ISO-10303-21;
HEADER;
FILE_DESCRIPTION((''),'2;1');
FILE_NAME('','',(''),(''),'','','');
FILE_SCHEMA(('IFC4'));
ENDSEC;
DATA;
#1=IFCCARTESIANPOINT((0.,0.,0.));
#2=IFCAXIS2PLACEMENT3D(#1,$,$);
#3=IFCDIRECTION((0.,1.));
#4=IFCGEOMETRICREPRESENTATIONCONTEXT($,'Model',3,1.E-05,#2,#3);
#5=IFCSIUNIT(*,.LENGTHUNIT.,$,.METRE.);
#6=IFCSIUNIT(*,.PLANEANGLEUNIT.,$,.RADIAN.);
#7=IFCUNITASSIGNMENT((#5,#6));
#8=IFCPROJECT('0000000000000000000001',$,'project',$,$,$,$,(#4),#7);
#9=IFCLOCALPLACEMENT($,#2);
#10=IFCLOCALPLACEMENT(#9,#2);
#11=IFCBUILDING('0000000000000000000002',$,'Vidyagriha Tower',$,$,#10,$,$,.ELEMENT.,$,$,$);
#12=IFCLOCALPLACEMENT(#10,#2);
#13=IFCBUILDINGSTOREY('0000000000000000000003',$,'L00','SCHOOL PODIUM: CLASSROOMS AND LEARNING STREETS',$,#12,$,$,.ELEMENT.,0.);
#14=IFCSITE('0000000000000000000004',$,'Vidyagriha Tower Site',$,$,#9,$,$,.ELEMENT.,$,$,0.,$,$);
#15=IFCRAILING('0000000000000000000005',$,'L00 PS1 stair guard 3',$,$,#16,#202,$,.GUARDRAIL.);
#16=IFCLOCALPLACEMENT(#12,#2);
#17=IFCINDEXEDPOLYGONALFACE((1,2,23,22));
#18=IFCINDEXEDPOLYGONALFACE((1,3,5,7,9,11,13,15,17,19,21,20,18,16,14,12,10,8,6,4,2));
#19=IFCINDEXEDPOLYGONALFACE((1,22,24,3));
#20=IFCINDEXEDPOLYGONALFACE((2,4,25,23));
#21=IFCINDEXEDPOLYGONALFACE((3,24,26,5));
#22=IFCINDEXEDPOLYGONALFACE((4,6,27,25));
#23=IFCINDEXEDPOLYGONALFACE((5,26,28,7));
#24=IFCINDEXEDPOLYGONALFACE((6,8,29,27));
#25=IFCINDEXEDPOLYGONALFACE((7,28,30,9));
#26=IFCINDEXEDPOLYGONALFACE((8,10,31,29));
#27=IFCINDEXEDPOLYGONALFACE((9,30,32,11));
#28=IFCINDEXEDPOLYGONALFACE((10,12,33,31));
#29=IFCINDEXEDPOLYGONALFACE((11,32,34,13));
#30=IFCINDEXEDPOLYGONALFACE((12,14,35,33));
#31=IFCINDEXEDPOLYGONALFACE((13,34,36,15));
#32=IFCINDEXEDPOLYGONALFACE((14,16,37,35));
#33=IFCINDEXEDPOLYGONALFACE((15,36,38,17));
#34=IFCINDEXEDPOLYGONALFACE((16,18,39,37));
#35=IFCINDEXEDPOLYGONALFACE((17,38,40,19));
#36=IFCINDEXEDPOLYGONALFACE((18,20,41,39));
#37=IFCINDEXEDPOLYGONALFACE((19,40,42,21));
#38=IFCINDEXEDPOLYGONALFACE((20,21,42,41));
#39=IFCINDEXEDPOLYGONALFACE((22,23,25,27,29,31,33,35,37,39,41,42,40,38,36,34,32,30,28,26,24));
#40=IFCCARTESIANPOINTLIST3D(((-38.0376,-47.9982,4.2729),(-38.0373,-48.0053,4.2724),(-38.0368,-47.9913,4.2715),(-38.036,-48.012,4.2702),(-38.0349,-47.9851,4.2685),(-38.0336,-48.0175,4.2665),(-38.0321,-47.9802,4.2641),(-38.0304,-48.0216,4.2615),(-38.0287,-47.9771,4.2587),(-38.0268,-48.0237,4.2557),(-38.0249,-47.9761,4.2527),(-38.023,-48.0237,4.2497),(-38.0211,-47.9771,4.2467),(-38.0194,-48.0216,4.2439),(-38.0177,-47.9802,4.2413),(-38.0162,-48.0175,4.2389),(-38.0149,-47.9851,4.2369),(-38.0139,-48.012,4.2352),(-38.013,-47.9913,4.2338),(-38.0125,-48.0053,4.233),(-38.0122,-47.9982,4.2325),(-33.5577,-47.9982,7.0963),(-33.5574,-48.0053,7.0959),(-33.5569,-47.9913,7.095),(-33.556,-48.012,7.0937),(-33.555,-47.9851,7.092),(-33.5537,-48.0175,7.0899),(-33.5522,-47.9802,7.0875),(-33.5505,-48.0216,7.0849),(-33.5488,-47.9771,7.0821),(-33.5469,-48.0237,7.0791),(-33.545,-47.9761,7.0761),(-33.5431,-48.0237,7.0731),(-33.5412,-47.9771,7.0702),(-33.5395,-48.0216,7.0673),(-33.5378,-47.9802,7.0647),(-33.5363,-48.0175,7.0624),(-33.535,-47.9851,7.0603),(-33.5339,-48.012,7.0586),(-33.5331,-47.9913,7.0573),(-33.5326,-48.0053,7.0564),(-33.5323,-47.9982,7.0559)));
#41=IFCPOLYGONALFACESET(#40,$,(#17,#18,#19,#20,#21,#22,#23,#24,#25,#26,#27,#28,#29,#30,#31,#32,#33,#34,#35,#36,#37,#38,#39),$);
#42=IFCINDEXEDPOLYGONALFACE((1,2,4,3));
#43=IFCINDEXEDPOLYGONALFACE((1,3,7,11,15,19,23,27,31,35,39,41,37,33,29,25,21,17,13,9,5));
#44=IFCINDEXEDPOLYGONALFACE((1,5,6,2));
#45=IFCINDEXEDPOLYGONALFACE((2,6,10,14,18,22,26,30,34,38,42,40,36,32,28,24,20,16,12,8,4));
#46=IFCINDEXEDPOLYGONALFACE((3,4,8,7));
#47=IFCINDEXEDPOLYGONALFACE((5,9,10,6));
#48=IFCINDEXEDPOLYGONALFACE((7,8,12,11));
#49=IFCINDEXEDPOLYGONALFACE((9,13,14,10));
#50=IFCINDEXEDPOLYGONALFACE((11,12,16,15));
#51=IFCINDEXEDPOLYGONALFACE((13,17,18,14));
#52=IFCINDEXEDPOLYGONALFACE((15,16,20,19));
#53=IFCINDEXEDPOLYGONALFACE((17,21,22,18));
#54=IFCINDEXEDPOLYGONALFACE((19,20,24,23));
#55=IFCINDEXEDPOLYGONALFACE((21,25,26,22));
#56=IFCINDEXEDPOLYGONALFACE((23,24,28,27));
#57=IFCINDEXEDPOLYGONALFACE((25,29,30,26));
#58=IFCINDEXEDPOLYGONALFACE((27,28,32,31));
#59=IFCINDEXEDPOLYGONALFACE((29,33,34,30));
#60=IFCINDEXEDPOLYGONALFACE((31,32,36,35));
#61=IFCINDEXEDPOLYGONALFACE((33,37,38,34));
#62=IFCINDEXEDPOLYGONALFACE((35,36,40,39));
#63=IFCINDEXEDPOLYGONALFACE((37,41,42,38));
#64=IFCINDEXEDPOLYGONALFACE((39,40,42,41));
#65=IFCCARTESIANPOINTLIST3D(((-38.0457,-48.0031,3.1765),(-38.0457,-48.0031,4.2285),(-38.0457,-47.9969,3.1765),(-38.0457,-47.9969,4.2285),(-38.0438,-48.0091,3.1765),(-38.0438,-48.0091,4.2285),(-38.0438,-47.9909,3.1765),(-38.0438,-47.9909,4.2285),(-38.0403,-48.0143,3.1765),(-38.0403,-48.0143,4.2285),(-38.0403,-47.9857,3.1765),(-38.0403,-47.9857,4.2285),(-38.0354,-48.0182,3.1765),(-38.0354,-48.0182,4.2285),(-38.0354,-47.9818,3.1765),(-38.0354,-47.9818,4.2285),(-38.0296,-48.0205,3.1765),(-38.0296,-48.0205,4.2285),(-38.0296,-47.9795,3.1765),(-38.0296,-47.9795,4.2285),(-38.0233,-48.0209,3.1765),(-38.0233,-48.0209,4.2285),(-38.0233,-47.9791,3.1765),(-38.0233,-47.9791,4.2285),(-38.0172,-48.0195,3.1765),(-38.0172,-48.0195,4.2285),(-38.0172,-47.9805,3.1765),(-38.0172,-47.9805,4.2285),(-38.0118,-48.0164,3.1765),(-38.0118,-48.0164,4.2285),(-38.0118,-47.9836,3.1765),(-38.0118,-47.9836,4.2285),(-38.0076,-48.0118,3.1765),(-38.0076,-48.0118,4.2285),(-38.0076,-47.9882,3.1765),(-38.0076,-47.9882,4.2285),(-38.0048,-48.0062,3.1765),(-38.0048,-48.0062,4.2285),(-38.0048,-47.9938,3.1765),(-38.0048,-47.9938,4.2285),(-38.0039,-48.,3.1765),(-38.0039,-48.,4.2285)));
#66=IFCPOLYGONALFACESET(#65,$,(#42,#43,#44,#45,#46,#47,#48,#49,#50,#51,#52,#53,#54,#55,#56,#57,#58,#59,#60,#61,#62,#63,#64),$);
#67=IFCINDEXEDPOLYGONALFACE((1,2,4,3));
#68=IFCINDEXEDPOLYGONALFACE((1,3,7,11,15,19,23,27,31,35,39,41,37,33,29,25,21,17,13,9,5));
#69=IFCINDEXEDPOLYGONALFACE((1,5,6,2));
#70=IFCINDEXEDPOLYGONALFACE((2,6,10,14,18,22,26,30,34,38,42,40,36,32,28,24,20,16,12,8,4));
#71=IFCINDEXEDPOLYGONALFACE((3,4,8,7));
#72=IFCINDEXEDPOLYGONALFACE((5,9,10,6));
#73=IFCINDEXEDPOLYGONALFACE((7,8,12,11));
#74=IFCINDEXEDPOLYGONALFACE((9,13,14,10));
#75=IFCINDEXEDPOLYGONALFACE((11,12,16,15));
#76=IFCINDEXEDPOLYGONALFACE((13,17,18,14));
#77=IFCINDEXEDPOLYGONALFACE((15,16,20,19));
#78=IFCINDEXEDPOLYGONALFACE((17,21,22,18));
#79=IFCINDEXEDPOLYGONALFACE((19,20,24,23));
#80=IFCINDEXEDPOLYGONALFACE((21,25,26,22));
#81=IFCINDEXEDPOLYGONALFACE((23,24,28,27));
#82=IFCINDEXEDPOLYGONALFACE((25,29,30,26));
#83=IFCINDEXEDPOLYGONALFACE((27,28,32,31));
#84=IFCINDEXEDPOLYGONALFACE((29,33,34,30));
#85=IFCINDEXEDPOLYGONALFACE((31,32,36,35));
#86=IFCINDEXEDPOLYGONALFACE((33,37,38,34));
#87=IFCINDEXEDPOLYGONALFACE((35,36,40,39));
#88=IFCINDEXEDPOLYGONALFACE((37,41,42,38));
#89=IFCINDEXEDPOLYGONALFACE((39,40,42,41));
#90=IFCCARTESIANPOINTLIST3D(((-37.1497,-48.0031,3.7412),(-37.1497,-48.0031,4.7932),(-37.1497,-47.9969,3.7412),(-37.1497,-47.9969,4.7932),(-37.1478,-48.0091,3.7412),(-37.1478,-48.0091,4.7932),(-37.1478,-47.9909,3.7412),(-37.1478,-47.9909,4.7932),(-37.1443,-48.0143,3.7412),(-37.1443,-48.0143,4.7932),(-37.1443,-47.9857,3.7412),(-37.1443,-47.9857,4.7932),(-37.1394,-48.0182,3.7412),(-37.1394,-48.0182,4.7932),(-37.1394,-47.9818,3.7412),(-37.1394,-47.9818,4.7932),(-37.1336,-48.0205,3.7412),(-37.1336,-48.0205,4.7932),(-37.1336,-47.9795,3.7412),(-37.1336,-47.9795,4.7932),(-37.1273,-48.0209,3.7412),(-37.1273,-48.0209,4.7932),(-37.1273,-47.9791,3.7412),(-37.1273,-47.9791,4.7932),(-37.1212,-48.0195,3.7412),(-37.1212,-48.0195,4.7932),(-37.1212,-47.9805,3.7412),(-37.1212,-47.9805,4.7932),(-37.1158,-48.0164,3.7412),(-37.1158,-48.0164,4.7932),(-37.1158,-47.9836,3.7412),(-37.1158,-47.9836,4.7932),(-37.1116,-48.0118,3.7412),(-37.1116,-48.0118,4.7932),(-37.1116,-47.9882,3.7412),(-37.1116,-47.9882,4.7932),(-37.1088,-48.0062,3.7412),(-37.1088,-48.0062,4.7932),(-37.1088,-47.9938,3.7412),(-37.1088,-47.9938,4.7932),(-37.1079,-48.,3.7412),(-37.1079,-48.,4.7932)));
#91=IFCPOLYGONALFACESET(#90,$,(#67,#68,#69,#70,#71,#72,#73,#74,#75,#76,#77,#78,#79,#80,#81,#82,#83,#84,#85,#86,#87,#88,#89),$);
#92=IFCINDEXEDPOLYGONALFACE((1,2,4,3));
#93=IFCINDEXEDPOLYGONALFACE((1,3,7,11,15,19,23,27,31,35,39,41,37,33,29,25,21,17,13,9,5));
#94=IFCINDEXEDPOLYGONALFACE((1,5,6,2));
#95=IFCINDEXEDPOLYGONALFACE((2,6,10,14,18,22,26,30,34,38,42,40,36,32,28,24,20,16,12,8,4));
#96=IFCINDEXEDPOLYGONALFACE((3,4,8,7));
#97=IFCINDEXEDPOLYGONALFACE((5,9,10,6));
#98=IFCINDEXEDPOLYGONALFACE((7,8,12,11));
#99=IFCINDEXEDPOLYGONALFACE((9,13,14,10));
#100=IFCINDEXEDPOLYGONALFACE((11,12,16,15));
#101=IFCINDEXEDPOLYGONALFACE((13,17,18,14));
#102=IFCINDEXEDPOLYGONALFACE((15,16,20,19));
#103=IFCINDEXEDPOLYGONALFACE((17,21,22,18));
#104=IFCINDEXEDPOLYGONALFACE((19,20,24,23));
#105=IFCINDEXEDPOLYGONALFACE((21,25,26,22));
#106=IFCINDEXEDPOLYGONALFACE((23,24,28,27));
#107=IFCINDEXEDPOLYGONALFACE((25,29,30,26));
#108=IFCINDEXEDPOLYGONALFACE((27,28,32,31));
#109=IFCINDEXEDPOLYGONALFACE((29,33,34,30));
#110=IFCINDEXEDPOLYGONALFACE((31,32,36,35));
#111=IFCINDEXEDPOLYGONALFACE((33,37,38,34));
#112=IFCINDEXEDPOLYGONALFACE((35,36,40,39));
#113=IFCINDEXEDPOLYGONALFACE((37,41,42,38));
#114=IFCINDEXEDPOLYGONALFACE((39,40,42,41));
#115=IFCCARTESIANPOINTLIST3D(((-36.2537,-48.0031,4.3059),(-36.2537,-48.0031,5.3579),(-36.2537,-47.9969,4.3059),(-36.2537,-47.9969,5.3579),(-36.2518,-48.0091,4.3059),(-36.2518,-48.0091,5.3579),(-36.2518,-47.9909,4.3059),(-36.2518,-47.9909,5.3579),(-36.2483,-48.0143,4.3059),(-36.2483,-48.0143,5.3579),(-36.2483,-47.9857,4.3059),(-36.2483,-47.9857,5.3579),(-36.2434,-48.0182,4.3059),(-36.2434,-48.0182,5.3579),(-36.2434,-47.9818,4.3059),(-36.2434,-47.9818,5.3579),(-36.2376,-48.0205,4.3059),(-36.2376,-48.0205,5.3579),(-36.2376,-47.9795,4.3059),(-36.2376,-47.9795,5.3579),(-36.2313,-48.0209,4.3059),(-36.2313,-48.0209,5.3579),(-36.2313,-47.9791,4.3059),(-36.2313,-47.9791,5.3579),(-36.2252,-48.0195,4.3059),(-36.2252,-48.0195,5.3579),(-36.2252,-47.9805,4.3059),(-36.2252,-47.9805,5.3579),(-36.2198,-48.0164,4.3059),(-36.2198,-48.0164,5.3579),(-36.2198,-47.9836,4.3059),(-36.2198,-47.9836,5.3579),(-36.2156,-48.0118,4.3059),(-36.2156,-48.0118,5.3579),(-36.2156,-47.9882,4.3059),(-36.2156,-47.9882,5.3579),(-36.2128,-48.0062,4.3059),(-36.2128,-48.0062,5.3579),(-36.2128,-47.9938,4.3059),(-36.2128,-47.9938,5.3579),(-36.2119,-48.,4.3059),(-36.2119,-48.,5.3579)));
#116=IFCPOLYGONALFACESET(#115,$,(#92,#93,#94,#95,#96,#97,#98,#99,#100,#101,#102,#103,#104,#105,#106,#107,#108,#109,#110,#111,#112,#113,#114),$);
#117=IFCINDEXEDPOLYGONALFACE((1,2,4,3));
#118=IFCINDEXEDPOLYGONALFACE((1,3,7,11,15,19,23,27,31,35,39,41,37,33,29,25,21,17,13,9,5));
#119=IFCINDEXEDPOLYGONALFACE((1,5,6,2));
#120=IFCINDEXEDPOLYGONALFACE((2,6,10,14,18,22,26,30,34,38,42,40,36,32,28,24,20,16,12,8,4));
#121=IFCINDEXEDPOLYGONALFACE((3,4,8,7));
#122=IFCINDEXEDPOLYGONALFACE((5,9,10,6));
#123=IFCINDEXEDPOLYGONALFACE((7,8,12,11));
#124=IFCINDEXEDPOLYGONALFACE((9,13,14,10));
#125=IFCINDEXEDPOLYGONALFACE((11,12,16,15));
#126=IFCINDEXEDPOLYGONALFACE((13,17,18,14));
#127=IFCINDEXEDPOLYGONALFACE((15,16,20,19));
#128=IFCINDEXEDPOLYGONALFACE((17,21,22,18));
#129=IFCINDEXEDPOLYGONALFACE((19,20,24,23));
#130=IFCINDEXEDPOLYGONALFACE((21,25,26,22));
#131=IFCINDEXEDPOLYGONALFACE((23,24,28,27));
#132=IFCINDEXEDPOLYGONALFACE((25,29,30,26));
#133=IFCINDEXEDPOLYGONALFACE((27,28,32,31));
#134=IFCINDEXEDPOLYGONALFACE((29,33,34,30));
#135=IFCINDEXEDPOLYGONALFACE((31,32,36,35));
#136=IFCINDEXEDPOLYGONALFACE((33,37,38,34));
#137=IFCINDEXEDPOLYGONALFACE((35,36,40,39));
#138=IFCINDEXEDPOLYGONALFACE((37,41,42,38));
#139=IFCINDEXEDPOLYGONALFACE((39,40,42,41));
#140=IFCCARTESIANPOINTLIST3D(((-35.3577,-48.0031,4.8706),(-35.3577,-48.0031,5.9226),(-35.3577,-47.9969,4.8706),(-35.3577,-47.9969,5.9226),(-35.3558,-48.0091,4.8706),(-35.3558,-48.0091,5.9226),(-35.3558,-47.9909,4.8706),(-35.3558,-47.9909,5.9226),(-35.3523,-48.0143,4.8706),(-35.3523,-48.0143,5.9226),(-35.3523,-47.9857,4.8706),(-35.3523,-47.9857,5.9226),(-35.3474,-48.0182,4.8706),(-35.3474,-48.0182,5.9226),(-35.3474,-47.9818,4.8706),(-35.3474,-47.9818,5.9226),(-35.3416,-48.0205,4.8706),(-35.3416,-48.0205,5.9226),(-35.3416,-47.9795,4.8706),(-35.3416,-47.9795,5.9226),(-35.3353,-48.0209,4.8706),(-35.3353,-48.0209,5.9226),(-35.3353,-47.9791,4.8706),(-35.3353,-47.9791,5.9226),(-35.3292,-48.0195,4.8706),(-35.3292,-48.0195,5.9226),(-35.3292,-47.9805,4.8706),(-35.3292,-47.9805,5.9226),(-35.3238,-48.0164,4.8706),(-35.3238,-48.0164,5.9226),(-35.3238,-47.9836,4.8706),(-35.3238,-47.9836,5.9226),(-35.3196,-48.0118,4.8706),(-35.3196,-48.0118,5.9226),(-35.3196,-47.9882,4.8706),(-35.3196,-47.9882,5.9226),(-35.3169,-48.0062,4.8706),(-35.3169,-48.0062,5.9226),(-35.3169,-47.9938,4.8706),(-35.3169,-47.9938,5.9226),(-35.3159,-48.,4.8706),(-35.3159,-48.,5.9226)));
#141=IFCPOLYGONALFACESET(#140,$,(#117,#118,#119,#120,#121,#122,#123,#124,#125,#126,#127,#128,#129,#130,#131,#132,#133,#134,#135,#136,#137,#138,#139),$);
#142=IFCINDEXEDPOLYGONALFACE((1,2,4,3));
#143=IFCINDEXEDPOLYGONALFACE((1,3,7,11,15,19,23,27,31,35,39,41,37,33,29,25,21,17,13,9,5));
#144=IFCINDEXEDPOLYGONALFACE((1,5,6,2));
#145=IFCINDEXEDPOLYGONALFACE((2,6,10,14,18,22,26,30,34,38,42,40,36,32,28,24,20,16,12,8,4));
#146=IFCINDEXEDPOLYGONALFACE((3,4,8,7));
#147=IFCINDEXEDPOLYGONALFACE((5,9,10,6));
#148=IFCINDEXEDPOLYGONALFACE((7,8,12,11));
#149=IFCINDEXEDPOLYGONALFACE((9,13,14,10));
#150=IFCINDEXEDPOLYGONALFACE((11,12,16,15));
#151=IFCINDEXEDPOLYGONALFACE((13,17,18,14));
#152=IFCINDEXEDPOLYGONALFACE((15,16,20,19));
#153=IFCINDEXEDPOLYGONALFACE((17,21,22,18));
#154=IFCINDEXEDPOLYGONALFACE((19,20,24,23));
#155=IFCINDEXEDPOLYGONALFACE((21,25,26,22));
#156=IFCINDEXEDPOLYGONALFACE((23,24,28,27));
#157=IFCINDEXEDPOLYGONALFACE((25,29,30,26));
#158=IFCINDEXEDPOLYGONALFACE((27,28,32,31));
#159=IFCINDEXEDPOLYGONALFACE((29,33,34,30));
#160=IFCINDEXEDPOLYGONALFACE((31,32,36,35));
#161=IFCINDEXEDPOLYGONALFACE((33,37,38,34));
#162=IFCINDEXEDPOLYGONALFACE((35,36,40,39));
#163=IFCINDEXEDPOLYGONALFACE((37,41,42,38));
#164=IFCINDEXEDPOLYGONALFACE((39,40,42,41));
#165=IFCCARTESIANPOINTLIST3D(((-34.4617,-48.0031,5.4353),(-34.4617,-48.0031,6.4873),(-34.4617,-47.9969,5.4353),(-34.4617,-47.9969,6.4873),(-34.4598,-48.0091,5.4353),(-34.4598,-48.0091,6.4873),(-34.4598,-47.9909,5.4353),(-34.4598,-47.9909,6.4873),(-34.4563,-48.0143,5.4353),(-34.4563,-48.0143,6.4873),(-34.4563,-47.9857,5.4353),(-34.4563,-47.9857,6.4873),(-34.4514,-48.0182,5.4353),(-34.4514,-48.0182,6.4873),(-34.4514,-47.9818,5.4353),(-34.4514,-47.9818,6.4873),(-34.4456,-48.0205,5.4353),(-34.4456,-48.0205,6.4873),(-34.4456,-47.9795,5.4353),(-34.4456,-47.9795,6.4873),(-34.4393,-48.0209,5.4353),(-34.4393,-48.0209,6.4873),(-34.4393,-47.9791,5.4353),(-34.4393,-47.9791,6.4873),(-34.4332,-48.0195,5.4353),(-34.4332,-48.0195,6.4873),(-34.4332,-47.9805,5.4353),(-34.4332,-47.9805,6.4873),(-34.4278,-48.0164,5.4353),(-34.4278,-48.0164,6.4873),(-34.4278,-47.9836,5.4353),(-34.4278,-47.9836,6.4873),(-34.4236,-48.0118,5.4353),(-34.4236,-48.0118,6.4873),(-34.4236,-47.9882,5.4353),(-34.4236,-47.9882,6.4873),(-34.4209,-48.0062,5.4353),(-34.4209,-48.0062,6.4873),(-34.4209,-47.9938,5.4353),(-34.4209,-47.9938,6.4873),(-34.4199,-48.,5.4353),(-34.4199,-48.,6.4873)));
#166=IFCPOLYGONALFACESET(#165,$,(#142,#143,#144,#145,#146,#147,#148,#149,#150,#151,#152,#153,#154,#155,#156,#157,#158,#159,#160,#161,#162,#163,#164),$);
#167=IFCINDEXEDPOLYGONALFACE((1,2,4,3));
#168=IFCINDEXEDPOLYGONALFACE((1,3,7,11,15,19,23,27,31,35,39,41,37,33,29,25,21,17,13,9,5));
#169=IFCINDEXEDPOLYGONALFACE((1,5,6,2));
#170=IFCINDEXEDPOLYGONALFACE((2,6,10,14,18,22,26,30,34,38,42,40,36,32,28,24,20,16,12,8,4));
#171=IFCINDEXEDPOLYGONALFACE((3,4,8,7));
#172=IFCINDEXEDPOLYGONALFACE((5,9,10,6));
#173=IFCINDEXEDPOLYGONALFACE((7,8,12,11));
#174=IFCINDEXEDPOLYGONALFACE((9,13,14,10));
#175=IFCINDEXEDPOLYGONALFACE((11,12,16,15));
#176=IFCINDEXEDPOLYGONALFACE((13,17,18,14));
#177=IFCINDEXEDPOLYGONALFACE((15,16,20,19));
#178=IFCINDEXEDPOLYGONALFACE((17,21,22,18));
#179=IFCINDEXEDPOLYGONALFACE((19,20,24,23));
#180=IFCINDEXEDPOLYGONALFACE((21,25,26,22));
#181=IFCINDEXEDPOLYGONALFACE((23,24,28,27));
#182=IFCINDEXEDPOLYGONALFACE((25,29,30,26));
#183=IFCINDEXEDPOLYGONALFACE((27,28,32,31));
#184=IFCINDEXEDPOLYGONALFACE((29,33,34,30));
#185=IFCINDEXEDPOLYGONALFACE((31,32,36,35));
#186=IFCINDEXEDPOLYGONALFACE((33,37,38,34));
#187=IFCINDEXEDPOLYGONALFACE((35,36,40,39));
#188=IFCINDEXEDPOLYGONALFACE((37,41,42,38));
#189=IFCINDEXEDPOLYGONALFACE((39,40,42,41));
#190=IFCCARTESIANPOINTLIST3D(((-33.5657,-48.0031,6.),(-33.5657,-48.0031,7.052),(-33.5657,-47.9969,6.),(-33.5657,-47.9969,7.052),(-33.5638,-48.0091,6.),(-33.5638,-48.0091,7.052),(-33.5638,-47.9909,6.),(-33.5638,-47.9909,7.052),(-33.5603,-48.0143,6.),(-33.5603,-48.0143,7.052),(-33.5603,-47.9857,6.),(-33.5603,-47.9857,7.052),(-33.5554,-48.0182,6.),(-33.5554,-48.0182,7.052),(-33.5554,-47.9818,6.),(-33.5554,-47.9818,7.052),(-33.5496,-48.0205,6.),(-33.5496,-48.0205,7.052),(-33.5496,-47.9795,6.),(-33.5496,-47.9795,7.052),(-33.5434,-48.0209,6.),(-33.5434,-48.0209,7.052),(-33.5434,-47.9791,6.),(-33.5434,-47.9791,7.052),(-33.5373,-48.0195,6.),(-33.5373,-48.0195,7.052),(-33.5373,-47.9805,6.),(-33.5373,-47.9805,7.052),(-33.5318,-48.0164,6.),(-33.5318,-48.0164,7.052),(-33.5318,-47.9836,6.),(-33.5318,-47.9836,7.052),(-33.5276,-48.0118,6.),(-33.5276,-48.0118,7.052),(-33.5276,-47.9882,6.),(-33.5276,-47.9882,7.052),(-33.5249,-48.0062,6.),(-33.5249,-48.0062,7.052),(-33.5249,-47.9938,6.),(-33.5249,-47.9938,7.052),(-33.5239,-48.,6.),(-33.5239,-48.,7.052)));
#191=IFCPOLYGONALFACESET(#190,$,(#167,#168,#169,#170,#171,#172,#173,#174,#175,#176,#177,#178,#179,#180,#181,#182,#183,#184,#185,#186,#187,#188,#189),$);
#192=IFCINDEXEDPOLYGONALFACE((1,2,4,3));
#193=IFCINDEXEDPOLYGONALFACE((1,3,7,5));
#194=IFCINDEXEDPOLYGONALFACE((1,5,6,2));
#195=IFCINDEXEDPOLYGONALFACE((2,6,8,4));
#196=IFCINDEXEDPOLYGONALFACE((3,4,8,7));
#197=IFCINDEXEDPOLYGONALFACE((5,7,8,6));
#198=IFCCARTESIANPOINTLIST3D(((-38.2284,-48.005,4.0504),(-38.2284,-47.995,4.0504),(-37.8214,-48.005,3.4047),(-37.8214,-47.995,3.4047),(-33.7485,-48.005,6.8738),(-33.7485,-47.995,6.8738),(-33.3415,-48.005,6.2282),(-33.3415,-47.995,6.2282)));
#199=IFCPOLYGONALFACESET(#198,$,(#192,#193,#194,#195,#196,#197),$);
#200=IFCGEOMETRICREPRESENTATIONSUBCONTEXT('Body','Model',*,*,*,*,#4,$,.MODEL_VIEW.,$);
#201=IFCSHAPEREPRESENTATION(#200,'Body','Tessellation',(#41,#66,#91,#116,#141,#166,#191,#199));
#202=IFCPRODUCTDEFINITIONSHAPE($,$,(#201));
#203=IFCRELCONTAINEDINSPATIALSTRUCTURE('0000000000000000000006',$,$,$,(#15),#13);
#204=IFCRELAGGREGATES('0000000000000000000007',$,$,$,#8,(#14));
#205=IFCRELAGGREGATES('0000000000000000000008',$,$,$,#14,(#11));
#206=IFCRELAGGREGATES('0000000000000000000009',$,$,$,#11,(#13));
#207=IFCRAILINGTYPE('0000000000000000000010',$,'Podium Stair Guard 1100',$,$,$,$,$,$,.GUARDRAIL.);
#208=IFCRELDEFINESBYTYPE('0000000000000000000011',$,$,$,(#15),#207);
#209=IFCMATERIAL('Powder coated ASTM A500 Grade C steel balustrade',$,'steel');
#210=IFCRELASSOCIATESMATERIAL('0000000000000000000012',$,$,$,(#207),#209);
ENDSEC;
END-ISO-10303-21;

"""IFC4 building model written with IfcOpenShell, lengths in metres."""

from ifc_helpers import new_model, si_unit, direction, frame, origin, origin_2d, place, context, subcontext, project, spatial, rectangle, circle, extrude, material, type_object, element, save


model = new_model("IFC4")

# Units and contexts
model_context = context("Model", 3, precision=1e-05, world=origin(), true_north=direction((0.0, 1.0)))
body_context = subcontext(model_context, "Body", "Model", "MODEL_VIEW")
ifc_project = project(units=[si_unit("LENGTHUNIT", "METRE"), si_unit("PLANEANGLEUNIT", "RADIAN")], contexts=[model_context])

# Site, building, storey
site_placement = place(None, origin())
site = spatial("IfcSite", under=ifc_project, at=site_placement, Name="Vidyagriha Tower Site", CompositionType="ELEMENT", RefElevation=0.0)
building_placement = place(site_placement, origin())
building = spatial("IfcBuilding", under=site, at=building_placement, Name="Vidyagriha Tower", CompositionType="ELEMENT")
storey_placement = place(building_placement, origin())
storey = spatial("IfcBuildingStorey", under=building, at=storey_placement, Name="L00", Description="SCHOOL PODIUM: CLASSROOMS AND LEARNING STREETS", CompositionType="ELEMENT", Elevation=0.0)

# Railing
ifc_material_1 = material(Name="Powder coated ASTM A500 Grade C steel balustrade", Category="steel")
railing_type_1 = type_object("IfcRailingType", Name="Podium Stair Guard 1100", PredefinedType="GUARDRAIL", material=ifc_material_1)
railing_1_placement = place(storey_placement, frame((-38.0249, -48.0, 3.1765)))
element("IfcRailing", 1, at=railing_1_placement, inside=storey, type_object=railing_type_1, Name="L00 PS1 stair guard 3", PredefinedType="GUARDRAIL", context=body_context, shape_type="SweptSolid", body=[
    extrude(circle(Radius=0.0239, at=origin_2d()), frame((0.0, 0.0, 1.0762), z_axis=(0.845998, 0.0, 0.533186), x_axis=(0.0, 1.0, 0.0)), (0.0, 0.0, 1.0), 5.2954),
    extrude(circle(Radius=0.021, at=origin_2d()), origin(), (0.0, 0.0, 1.0), 1.052),
    extrude(circle(Radius=0.021, at=origin_2d()), frame((0.896, 0.0, 0.5647)), (0.0, 0.0, 1.0), 1.052),
    extrude(circle(Radius=0.021, at=origin_2d()), frame((1.792, 0.0, 1.1294)), (0.0, 0.0, 1.0), 1.052),
    extrude(circle(Radius=0.021, at=origin_2d()), frame((2.688, 0.0, 1.6941)), (0.0, 0.0, 1.0), 1.052),
    extrude(circle(Radius=0.021, at=origin_2d()), frame((3.584, 0.0, 2.2588)), (0.0, 0.0, 1.0), 1.052),
    extrude(circle(Radius=0.021, at=origin_2d()), frame((4.48, 0.0, 2.8235)), (0.0, 0.0, 1.0), 1.052),
    extrude(rectangle(XDim=0.01, YDim=0.7632, at=origin_2d()), frame((0.0, 0.0, 0.551), z_axis=(0.845998, 0.0, 0.533186), x_axis=(0.0, 1.0, 0.0)), (0.0, 0.0, 1.0), 5.2954),
])

save(model, "model.ifc")
